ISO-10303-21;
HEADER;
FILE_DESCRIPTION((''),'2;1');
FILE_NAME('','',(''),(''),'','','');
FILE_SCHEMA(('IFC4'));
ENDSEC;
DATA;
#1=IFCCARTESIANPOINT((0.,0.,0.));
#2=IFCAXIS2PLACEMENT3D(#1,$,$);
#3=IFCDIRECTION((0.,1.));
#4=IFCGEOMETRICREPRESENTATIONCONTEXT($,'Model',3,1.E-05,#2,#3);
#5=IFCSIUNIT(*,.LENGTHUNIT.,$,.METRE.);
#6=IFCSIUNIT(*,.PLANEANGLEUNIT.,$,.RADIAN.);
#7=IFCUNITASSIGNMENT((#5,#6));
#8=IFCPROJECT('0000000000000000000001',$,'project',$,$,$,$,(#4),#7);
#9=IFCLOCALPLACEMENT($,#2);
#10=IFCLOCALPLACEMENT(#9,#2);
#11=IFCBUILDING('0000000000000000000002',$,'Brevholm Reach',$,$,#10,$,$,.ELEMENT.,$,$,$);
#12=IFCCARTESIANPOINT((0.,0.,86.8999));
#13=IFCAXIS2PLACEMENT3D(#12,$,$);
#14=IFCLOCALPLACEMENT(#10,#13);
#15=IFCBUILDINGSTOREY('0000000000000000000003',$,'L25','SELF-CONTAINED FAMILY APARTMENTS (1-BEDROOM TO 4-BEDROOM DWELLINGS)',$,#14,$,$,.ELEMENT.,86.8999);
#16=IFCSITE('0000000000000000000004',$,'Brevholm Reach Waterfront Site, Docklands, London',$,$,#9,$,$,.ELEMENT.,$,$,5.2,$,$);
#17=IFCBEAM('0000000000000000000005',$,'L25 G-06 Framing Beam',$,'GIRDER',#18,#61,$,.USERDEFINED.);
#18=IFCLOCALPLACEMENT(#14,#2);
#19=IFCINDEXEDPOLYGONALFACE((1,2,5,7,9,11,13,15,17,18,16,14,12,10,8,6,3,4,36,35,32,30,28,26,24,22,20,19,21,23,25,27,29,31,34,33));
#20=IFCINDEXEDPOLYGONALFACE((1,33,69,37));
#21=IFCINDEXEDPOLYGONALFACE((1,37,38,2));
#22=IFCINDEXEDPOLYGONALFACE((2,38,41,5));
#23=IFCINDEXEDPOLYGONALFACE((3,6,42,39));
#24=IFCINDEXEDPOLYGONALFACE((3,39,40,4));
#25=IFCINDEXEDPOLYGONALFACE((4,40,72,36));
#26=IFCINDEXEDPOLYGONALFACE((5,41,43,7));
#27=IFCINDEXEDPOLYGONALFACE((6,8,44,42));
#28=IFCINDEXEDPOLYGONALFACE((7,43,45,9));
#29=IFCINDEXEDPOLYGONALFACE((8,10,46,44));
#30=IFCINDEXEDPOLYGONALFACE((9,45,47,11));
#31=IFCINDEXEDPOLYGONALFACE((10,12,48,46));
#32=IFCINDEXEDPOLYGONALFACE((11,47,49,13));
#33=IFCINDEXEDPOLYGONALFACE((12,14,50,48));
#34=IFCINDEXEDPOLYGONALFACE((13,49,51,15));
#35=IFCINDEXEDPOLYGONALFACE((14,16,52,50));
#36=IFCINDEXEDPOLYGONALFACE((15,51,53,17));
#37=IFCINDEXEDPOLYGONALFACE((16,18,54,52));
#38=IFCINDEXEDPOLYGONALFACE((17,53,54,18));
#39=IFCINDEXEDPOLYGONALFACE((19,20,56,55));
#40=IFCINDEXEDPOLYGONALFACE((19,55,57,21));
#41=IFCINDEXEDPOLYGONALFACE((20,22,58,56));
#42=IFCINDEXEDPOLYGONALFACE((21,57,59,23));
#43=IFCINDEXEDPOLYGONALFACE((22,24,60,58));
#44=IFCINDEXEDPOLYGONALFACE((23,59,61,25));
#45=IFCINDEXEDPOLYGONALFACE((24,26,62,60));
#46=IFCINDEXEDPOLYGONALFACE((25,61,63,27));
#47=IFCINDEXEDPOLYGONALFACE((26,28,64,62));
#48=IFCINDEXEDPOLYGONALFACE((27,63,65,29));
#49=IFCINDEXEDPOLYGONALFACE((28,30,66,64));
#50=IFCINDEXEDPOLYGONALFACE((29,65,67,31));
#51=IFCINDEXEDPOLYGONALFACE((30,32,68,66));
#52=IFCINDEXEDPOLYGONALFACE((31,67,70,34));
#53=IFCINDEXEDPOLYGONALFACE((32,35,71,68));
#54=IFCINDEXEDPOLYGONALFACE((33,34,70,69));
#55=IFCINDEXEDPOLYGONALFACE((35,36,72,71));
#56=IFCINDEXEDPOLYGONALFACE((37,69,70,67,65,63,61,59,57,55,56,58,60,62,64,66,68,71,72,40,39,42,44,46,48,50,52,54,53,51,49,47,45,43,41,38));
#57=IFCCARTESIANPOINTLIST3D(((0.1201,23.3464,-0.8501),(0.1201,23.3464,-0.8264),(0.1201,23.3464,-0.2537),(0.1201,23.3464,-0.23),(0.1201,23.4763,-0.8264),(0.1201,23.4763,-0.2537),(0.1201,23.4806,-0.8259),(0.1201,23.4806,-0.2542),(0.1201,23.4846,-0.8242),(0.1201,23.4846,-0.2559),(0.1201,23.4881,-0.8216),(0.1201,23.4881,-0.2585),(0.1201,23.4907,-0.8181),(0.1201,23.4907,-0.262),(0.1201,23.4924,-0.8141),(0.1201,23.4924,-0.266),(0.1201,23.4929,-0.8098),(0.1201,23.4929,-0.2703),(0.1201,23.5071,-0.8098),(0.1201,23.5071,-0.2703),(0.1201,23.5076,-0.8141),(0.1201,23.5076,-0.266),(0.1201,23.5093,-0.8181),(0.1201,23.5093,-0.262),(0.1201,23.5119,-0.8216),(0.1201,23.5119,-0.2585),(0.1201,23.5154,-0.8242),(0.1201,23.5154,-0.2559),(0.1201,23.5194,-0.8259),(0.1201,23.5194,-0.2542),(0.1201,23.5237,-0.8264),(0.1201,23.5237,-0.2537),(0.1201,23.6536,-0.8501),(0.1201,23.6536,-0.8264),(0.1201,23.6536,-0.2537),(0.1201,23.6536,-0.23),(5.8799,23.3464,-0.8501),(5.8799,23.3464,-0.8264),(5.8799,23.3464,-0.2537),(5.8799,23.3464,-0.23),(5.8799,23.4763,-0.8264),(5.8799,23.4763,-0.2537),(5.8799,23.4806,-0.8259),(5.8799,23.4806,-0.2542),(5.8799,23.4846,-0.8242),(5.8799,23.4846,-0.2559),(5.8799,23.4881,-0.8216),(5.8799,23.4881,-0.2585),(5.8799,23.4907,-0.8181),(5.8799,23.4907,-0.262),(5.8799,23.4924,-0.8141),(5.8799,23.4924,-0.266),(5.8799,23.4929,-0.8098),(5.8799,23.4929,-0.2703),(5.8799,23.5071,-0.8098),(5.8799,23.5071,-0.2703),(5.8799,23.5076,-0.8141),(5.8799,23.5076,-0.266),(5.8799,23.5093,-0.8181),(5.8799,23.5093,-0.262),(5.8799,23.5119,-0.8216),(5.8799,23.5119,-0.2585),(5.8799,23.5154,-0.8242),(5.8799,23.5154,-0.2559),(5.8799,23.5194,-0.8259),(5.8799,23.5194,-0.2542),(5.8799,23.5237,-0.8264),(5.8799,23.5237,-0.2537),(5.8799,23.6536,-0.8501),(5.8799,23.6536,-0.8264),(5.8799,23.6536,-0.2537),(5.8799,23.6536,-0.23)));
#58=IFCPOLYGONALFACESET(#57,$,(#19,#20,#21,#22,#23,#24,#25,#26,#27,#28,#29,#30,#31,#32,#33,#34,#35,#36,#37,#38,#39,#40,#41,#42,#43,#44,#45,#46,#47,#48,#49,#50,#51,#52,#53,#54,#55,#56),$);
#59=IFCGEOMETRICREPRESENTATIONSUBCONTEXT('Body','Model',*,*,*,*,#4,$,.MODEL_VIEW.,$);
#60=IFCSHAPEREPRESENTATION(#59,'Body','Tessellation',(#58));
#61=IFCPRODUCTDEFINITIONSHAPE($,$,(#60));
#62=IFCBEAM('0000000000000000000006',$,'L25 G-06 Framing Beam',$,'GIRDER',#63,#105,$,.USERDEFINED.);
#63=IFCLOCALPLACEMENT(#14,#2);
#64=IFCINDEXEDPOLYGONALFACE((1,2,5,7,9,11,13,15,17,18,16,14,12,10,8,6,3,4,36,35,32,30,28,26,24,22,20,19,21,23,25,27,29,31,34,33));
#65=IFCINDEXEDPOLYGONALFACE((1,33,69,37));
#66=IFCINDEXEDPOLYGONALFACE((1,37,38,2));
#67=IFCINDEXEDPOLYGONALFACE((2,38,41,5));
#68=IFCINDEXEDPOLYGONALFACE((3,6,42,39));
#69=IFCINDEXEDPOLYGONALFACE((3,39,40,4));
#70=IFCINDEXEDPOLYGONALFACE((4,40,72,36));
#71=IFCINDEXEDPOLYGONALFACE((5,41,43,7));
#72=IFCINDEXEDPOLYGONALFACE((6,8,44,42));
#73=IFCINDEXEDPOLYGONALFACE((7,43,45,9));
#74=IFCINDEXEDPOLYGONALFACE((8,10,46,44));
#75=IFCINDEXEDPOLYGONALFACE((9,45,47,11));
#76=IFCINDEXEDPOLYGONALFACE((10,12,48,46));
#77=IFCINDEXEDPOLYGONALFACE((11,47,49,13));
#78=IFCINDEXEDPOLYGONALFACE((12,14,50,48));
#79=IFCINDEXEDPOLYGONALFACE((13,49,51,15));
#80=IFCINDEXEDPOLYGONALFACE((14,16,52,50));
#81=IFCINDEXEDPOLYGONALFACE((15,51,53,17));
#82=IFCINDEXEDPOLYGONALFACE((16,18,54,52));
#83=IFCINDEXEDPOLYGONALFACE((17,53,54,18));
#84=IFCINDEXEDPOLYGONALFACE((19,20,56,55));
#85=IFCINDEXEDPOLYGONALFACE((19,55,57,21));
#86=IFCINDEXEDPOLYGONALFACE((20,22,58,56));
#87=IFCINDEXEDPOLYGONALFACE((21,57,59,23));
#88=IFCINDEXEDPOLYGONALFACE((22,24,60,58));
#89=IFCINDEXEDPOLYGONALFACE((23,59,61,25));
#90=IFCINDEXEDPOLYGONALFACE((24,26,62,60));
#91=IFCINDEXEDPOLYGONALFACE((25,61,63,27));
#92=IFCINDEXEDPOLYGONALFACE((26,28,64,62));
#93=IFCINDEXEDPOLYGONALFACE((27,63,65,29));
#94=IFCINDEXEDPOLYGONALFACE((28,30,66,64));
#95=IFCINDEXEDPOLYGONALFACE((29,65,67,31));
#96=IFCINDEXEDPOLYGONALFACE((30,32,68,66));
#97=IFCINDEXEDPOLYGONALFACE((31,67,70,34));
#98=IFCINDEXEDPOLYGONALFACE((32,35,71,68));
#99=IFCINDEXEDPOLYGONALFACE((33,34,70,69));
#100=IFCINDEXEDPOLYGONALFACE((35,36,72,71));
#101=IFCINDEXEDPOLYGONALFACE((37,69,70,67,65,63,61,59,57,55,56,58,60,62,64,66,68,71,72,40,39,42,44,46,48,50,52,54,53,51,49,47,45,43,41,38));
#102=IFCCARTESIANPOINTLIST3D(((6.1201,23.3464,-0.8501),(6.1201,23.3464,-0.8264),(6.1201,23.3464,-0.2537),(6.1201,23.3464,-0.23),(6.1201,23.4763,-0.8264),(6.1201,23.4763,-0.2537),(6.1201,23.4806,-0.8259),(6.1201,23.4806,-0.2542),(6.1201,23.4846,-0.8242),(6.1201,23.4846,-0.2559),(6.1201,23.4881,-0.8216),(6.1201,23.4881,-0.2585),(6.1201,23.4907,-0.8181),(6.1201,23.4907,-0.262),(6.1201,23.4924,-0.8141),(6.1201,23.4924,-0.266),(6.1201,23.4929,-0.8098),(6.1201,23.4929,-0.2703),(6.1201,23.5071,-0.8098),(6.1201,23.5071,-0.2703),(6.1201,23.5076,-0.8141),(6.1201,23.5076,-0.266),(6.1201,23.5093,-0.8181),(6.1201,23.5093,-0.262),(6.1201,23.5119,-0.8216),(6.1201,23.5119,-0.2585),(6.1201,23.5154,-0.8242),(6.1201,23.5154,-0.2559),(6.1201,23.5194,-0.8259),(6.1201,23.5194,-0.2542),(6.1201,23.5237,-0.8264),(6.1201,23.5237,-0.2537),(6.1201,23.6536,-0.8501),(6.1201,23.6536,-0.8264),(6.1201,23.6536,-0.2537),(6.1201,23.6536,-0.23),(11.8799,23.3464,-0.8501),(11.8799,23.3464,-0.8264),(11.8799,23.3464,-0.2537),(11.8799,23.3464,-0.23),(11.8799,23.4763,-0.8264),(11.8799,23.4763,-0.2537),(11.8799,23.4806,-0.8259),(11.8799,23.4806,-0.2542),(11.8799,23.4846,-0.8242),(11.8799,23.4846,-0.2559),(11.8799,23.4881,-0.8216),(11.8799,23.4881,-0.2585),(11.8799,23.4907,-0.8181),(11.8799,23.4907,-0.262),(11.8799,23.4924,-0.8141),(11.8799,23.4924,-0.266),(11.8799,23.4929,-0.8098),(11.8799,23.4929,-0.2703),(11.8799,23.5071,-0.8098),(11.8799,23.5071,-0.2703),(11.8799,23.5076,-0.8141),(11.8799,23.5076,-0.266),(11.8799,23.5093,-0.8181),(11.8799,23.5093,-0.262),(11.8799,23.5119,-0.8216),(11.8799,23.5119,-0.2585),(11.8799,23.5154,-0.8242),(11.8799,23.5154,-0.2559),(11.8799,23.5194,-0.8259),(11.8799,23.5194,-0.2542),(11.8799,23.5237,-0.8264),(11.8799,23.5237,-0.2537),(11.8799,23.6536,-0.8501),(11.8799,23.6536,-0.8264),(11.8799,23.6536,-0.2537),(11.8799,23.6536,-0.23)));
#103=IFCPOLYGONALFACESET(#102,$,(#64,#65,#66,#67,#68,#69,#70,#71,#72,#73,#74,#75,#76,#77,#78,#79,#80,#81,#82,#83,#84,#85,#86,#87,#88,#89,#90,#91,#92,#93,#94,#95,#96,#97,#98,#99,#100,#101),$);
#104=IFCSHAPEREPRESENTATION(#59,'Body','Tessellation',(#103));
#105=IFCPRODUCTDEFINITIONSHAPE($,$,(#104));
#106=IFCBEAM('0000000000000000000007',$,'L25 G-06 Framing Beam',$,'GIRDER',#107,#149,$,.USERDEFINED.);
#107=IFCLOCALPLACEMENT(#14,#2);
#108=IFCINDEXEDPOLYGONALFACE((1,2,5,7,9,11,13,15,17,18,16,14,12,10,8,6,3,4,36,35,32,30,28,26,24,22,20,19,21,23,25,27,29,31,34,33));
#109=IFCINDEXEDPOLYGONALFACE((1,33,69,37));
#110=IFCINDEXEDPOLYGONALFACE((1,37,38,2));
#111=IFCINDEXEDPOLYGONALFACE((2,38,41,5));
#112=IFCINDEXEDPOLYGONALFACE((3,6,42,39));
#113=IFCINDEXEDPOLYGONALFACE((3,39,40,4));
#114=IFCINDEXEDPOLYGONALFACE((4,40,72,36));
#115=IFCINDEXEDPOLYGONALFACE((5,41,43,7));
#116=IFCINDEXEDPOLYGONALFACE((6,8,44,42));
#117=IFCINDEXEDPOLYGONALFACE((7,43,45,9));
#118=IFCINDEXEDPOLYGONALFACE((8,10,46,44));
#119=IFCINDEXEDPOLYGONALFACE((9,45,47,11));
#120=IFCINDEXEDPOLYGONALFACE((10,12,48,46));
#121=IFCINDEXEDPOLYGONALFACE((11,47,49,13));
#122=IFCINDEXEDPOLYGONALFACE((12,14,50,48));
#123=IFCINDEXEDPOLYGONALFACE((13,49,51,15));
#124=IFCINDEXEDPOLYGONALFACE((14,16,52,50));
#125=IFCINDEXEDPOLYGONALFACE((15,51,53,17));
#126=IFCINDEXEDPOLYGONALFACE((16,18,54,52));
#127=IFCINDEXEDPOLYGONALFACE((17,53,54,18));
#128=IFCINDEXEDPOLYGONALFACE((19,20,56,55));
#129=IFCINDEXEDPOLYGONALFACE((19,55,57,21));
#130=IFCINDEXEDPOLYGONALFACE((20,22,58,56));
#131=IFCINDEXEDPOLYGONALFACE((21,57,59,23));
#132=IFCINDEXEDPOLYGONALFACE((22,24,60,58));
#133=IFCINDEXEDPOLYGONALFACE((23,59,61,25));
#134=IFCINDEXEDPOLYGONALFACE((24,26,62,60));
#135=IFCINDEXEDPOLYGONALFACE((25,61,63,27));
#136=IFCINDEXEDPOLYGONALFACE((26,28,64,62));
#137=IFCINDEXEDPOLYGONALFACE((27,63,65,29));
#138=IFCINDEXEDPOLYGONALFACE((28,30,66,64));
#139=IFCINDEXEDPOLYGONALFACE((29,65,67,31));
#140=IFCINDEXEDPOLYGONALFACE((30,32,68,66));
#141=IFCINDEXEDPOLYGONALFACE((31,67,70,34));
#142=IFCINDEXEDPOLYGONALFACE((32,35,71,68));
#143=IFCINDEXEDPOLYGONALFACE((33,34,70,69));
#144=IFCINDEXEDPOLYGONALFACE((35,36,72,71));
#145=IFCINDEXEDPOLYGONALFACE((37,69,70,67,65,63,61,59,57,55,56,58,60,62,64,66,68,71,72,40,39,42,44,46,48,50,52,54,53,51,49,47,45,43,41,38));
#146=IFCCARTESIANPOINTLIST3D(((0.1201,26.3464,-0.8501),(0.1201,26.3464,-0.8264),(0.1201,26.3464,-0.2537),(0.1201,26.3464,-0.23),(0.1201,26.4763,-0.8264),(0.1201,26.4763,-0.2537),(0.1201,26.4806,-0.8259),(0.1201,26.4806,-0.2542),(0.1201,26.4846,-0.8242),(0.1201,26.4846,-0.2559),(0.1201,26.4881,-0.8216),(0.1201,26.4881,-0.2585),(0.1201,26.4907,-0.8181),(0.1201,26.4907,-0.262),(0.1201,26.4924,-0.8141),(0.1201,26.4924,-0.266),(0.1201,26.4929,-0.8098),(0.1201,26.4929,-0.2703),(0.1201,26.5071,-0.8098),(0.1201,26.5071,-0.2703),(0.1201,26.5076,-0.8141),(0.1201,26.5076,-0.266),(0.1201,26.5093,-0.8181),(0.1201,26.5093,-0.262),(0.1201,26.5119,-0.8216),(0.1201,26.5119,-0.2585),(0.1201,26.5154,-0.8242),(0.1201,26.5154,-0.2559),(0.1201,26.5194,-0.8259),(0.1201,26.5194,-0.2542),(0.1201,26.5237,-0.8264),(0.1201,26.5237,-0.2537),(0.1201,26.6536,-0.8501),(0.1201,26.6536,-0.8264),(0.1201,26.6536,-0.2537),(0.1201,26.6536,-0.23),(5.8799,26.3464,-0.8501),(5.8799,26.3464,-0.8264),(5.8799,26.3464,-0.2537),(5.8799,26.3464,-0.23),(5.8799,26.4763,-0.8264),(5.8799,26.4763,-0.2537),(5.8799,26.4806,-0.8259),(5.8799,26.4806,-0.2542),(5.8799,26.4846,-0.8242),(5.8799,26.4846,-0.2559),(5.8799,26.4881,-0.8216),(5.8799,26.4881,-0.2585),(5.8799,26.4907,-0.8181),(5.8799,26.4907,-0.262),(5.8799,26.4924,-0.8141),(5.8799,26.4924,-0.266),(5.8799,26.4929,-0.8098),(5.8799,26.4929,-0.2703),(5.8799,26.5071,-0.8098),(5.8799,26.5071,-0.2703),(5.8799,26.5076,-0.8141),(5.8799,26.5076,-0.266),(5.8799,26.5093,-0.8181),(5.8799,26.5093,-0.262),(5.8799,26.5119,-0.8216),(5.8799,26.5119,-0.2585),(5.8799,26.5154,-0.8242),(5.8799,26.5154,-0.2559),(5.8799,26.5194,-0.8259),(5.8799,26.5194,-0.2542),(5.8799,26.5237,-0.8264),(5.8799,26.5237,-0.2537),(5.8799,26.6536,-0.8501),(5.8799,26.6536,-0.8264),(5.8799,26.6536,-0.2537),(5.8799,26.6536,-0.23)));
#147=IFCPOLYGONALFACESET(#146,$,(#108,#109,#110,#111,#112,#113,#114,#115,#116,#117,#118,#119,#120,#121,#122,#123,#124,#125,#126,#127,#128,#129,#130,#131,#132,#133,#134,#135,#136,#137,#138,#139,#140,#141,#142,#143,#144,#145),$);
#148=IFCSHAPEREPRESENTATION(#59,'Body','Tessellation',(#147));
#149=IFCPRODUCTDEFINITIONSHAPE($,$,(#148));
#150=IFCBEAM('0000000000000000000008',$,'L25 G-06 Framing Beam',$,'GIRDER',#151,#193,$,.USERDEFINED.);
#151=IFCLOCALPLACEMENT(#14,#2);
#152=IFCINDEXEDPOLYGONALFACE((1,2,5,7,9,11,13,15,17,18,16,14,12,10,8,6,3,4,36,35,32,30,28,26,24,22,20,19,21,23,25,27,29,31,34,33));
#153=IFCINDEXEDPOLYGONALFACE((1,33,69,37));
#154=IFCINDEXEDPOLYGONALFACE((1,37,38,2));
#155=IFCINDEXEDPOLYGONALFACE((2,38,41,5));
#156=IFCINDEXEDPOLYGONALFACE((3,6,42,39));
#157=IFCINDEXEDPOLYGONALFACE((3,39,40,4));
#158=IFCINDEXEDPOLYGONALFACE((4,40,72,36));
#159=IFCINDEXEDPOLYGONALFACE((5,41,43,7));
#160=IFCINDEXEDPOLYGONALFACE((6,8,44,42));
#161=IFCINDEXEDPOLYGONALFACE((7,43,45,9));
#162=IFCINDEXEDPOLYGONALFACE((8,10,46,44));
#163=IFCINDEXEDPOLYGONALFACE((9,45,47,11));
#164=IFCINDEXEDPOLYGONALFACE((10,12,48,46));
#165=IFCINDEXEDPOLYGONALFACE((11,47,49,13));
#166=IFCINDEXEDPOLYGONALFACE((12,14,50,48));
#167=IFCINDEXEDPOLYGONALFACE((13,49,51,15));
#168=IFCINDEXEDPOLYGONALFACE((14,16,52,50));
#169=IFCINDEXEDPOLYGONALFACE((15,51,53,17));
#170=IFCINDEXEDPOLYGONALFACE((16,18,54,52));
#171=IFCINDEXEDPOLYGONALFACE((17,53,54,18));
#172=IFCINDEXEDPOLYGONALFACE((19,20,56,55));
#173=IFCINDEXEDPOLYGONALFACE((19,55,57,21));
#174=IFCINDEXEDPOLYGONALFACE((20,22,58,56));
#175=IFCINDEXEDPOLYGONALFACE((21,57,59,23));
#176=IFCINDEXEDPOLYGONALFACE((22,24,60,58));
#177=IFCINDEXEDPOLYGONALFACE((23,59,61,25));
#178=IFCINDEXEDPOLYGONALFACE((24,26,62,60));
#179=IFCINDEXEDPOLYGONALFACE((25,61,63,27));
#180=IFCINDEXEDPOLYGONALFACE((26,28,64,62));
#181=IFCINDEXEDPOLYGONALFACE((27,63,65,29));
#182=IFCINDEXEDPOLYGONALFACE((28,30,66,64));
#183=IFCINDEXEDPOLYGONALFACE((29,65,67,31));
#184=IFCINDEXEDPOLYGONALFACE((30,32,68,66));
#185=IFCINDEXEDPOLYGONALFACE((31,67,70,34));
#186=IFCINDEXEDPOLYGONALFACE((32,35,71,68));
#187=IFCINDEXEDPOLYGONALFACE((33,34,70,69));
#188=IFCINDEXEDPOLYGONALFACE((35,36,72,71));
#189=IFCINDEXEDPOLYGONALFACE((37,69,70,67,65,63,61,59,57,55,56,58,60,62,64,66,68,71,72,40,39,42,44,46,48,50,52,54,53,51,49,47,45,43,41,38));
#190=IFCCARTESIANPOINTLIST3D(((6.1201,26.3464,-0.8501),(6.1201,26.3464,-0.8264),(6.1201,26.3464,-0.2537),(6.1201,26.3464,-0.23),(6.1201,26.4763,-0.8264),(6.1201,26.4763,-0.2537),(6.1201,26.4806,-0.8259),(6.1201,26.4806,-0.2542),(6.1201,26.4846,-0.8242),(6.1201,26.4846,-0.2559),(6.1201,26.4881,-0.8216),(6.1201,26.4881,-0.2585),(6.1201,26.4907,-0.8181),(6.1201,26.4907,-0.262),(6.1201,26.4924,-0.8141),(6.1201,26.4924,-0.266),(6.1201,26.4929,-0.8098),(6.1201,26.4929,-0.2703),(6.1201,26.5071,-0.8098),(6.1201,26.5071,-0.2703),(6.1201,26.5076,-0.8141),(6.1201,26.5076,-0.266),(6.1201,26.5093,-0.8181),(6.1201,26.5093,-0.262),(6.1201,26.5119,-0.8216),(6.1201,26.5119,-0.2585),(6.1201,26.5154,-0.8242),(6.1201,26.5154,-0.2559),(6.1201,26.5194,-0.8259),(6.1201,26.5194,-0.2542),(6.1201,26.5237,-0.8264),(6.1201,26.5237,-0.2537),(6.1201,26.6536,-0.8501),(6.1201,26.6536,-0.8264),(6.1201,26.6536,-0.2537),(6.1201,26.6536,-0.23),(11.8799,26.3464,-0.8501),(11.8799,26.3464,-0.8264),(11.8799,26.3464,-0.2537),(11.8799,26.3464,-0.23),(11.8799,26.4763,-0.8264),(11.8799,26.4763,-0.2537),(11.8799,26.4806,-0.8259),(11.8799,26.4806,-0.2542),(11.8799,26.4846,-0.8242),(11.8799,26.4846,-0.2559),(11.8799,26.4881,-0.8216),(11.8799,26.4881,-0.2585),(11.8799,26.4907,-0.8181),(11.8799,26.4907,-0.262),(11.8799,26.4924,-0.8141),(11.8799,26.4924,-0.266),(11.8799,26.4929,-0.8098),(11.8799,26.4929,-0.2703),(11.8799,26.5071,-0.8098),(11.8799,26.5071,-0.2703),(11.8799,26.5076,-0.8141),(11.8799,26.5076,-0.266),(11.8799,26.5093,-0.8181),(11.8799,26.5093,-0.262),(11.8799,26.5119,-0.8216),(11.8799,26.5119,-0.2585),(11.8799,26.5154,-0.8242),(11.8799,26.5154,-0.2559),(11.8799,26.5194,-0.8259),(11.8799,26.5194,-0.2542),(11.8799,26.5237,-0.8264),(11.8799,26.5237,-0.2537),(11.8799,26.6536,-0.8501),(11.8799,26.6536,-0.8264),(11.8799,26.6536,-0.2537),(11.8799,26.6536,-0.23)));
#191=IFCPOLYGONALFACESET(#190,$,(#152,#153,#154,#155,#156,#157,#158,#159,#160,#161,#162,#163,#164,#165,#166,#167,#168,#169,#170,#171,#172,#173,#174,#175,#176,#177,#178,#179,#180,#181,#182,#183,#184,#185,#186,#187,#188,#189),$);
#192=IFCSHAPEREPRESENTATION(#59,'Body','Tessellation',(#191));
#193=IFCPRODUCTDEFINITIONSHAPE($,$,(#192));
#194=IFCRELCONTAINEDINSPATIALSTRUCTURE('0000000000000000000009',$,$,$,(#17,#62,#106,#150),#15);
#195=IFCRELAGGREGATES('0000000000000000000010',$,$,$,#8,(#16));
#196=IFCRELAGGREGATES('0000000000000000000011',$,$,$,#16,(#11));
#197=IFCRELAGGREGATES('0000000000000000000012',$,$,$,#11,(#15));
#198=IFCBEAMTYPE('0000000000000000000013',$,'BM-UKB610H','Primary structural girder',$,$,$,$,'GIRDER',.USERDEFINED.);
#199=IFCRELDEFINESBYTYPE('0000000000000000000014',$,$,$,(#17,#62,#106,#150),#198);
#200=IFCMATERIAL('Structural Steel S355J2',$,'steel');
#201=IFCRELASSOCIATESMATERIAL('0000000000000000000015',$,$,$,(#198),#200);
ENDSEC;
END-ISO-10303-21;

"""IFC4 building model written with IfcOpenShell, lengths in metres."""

from ifc_helpers import new_model, si_unit, direction, frame, origin, origin_2d, place, context, subcontext, project, spatial, i_section, extrude, material, material_profile, profile_set, type_object, element, save


model = new_model("IFC4")

# Units and contexts
model_context = context("Model", 3, precision=1e-05, world=origin(), true_north=direction((0.0, 1.0)))
body_context = subcontext(model_context, "Body", "Model", "MODEL_VIEW")
ifc_project = project(units=[si_unit("LENGTHUNIT", "METRE"), si_unit("PLANEANGLEUNIT", "RADIAN")], contexts=[model_context])

# Site, building, storey
site_placement = place(None, origin())
site = spatial("IfcSite", under=ifc_project, at=site_placement, Name="Brevholm Reach Waterfront Site, Docklands, London", CompositionType="ELEMENT", RefElevation=5.2)
building_placement = place(site_placement, origin())
building = spatial("IfcBuilding", under=site, at=building_placement, Name="Brevholm Reach", CompositionType="ELEMENT")
storey_placement = place(building_placement, frame((0.0, 0.0, 86.8999)))
storey = spatial("IfcBuildingStorey", under=building, at=storey_placement, Name="L25", Description="SELF-CONTAINED FAMILY APARTMENTS (1-BEDROOM TO 4-BEDROOM DWELLINGS)", CompositionType="ELEMENT", Elevation=86.8999)

# Beams
ifc_material_1 = material(Name="Structural Steel S355J2", Category="steel")
ifc_material_profile_1 = material_profile(ifc_material_1, i_section(OverallWidth=0.3071, OverallDepth=0.6201, WebThickness=0.0142, FlangeThickness=0.0237, FilletRadius=0.0166, at=origin_2d()), Name="UKB 610x305x179")
ifc_profile_set_1 = profile_set([ifc_material_profile_1], Name="Structural Steel S355J2")
beam_type_1 = type_object("IfcBeamType", Name="BM-UKB610H", Description="Primary structural girder", ElementType="GIRDER", PredefinedType="USERDEFINED", material=ifc_profile_set_1)
for number, where, z_axis, x_axis, name in (
    (1, (0.1201, 23.5, -0.54), (1.0, 0.0, 0.0), (0.0, 1.0, 0.0), "L25 G-06 Framing Beam"),
    (2, (6.1201, 23.5, -0.54), (1.0, 0.0, 0.0), (0.0, 1.0, 0.0), "L25 G-06 Framing Beam"),
    (3, (0.1201, 26.5, -0.54), (1.0, 0.0, 0.0), (0.0, 1.0, 0.0), "L25 G-06 Framing Beam"),
    (4, (6.1201, 26.5, -0.54), (1.0, 0.0, 0.0), (0.0, 1.0, 0.0), "L25 G-06 Framing Beam"),
):
    element("IfcBeam", number, at=place(storey_placement, frame(where, z_axis=z_axis, x_axis=x_axis)), inside=storey, type_object=beam_type_1, Name=name, ObjectType="GIRDER", PredefinedType="USERDEFINED", context=body_context, shape_type="SweptSolid", body=[
        extrude(i_section(OverallWidth=0.3071, OverallDepth=0.6201, WebThickness=0.0142, FlangeThickness=0.0237, FilletRadius=0.0166, at=origin_2d()), origin(), (0.0, 0.0, 1.0), 5.7598),
    ])

save(model, "model.ifc")
